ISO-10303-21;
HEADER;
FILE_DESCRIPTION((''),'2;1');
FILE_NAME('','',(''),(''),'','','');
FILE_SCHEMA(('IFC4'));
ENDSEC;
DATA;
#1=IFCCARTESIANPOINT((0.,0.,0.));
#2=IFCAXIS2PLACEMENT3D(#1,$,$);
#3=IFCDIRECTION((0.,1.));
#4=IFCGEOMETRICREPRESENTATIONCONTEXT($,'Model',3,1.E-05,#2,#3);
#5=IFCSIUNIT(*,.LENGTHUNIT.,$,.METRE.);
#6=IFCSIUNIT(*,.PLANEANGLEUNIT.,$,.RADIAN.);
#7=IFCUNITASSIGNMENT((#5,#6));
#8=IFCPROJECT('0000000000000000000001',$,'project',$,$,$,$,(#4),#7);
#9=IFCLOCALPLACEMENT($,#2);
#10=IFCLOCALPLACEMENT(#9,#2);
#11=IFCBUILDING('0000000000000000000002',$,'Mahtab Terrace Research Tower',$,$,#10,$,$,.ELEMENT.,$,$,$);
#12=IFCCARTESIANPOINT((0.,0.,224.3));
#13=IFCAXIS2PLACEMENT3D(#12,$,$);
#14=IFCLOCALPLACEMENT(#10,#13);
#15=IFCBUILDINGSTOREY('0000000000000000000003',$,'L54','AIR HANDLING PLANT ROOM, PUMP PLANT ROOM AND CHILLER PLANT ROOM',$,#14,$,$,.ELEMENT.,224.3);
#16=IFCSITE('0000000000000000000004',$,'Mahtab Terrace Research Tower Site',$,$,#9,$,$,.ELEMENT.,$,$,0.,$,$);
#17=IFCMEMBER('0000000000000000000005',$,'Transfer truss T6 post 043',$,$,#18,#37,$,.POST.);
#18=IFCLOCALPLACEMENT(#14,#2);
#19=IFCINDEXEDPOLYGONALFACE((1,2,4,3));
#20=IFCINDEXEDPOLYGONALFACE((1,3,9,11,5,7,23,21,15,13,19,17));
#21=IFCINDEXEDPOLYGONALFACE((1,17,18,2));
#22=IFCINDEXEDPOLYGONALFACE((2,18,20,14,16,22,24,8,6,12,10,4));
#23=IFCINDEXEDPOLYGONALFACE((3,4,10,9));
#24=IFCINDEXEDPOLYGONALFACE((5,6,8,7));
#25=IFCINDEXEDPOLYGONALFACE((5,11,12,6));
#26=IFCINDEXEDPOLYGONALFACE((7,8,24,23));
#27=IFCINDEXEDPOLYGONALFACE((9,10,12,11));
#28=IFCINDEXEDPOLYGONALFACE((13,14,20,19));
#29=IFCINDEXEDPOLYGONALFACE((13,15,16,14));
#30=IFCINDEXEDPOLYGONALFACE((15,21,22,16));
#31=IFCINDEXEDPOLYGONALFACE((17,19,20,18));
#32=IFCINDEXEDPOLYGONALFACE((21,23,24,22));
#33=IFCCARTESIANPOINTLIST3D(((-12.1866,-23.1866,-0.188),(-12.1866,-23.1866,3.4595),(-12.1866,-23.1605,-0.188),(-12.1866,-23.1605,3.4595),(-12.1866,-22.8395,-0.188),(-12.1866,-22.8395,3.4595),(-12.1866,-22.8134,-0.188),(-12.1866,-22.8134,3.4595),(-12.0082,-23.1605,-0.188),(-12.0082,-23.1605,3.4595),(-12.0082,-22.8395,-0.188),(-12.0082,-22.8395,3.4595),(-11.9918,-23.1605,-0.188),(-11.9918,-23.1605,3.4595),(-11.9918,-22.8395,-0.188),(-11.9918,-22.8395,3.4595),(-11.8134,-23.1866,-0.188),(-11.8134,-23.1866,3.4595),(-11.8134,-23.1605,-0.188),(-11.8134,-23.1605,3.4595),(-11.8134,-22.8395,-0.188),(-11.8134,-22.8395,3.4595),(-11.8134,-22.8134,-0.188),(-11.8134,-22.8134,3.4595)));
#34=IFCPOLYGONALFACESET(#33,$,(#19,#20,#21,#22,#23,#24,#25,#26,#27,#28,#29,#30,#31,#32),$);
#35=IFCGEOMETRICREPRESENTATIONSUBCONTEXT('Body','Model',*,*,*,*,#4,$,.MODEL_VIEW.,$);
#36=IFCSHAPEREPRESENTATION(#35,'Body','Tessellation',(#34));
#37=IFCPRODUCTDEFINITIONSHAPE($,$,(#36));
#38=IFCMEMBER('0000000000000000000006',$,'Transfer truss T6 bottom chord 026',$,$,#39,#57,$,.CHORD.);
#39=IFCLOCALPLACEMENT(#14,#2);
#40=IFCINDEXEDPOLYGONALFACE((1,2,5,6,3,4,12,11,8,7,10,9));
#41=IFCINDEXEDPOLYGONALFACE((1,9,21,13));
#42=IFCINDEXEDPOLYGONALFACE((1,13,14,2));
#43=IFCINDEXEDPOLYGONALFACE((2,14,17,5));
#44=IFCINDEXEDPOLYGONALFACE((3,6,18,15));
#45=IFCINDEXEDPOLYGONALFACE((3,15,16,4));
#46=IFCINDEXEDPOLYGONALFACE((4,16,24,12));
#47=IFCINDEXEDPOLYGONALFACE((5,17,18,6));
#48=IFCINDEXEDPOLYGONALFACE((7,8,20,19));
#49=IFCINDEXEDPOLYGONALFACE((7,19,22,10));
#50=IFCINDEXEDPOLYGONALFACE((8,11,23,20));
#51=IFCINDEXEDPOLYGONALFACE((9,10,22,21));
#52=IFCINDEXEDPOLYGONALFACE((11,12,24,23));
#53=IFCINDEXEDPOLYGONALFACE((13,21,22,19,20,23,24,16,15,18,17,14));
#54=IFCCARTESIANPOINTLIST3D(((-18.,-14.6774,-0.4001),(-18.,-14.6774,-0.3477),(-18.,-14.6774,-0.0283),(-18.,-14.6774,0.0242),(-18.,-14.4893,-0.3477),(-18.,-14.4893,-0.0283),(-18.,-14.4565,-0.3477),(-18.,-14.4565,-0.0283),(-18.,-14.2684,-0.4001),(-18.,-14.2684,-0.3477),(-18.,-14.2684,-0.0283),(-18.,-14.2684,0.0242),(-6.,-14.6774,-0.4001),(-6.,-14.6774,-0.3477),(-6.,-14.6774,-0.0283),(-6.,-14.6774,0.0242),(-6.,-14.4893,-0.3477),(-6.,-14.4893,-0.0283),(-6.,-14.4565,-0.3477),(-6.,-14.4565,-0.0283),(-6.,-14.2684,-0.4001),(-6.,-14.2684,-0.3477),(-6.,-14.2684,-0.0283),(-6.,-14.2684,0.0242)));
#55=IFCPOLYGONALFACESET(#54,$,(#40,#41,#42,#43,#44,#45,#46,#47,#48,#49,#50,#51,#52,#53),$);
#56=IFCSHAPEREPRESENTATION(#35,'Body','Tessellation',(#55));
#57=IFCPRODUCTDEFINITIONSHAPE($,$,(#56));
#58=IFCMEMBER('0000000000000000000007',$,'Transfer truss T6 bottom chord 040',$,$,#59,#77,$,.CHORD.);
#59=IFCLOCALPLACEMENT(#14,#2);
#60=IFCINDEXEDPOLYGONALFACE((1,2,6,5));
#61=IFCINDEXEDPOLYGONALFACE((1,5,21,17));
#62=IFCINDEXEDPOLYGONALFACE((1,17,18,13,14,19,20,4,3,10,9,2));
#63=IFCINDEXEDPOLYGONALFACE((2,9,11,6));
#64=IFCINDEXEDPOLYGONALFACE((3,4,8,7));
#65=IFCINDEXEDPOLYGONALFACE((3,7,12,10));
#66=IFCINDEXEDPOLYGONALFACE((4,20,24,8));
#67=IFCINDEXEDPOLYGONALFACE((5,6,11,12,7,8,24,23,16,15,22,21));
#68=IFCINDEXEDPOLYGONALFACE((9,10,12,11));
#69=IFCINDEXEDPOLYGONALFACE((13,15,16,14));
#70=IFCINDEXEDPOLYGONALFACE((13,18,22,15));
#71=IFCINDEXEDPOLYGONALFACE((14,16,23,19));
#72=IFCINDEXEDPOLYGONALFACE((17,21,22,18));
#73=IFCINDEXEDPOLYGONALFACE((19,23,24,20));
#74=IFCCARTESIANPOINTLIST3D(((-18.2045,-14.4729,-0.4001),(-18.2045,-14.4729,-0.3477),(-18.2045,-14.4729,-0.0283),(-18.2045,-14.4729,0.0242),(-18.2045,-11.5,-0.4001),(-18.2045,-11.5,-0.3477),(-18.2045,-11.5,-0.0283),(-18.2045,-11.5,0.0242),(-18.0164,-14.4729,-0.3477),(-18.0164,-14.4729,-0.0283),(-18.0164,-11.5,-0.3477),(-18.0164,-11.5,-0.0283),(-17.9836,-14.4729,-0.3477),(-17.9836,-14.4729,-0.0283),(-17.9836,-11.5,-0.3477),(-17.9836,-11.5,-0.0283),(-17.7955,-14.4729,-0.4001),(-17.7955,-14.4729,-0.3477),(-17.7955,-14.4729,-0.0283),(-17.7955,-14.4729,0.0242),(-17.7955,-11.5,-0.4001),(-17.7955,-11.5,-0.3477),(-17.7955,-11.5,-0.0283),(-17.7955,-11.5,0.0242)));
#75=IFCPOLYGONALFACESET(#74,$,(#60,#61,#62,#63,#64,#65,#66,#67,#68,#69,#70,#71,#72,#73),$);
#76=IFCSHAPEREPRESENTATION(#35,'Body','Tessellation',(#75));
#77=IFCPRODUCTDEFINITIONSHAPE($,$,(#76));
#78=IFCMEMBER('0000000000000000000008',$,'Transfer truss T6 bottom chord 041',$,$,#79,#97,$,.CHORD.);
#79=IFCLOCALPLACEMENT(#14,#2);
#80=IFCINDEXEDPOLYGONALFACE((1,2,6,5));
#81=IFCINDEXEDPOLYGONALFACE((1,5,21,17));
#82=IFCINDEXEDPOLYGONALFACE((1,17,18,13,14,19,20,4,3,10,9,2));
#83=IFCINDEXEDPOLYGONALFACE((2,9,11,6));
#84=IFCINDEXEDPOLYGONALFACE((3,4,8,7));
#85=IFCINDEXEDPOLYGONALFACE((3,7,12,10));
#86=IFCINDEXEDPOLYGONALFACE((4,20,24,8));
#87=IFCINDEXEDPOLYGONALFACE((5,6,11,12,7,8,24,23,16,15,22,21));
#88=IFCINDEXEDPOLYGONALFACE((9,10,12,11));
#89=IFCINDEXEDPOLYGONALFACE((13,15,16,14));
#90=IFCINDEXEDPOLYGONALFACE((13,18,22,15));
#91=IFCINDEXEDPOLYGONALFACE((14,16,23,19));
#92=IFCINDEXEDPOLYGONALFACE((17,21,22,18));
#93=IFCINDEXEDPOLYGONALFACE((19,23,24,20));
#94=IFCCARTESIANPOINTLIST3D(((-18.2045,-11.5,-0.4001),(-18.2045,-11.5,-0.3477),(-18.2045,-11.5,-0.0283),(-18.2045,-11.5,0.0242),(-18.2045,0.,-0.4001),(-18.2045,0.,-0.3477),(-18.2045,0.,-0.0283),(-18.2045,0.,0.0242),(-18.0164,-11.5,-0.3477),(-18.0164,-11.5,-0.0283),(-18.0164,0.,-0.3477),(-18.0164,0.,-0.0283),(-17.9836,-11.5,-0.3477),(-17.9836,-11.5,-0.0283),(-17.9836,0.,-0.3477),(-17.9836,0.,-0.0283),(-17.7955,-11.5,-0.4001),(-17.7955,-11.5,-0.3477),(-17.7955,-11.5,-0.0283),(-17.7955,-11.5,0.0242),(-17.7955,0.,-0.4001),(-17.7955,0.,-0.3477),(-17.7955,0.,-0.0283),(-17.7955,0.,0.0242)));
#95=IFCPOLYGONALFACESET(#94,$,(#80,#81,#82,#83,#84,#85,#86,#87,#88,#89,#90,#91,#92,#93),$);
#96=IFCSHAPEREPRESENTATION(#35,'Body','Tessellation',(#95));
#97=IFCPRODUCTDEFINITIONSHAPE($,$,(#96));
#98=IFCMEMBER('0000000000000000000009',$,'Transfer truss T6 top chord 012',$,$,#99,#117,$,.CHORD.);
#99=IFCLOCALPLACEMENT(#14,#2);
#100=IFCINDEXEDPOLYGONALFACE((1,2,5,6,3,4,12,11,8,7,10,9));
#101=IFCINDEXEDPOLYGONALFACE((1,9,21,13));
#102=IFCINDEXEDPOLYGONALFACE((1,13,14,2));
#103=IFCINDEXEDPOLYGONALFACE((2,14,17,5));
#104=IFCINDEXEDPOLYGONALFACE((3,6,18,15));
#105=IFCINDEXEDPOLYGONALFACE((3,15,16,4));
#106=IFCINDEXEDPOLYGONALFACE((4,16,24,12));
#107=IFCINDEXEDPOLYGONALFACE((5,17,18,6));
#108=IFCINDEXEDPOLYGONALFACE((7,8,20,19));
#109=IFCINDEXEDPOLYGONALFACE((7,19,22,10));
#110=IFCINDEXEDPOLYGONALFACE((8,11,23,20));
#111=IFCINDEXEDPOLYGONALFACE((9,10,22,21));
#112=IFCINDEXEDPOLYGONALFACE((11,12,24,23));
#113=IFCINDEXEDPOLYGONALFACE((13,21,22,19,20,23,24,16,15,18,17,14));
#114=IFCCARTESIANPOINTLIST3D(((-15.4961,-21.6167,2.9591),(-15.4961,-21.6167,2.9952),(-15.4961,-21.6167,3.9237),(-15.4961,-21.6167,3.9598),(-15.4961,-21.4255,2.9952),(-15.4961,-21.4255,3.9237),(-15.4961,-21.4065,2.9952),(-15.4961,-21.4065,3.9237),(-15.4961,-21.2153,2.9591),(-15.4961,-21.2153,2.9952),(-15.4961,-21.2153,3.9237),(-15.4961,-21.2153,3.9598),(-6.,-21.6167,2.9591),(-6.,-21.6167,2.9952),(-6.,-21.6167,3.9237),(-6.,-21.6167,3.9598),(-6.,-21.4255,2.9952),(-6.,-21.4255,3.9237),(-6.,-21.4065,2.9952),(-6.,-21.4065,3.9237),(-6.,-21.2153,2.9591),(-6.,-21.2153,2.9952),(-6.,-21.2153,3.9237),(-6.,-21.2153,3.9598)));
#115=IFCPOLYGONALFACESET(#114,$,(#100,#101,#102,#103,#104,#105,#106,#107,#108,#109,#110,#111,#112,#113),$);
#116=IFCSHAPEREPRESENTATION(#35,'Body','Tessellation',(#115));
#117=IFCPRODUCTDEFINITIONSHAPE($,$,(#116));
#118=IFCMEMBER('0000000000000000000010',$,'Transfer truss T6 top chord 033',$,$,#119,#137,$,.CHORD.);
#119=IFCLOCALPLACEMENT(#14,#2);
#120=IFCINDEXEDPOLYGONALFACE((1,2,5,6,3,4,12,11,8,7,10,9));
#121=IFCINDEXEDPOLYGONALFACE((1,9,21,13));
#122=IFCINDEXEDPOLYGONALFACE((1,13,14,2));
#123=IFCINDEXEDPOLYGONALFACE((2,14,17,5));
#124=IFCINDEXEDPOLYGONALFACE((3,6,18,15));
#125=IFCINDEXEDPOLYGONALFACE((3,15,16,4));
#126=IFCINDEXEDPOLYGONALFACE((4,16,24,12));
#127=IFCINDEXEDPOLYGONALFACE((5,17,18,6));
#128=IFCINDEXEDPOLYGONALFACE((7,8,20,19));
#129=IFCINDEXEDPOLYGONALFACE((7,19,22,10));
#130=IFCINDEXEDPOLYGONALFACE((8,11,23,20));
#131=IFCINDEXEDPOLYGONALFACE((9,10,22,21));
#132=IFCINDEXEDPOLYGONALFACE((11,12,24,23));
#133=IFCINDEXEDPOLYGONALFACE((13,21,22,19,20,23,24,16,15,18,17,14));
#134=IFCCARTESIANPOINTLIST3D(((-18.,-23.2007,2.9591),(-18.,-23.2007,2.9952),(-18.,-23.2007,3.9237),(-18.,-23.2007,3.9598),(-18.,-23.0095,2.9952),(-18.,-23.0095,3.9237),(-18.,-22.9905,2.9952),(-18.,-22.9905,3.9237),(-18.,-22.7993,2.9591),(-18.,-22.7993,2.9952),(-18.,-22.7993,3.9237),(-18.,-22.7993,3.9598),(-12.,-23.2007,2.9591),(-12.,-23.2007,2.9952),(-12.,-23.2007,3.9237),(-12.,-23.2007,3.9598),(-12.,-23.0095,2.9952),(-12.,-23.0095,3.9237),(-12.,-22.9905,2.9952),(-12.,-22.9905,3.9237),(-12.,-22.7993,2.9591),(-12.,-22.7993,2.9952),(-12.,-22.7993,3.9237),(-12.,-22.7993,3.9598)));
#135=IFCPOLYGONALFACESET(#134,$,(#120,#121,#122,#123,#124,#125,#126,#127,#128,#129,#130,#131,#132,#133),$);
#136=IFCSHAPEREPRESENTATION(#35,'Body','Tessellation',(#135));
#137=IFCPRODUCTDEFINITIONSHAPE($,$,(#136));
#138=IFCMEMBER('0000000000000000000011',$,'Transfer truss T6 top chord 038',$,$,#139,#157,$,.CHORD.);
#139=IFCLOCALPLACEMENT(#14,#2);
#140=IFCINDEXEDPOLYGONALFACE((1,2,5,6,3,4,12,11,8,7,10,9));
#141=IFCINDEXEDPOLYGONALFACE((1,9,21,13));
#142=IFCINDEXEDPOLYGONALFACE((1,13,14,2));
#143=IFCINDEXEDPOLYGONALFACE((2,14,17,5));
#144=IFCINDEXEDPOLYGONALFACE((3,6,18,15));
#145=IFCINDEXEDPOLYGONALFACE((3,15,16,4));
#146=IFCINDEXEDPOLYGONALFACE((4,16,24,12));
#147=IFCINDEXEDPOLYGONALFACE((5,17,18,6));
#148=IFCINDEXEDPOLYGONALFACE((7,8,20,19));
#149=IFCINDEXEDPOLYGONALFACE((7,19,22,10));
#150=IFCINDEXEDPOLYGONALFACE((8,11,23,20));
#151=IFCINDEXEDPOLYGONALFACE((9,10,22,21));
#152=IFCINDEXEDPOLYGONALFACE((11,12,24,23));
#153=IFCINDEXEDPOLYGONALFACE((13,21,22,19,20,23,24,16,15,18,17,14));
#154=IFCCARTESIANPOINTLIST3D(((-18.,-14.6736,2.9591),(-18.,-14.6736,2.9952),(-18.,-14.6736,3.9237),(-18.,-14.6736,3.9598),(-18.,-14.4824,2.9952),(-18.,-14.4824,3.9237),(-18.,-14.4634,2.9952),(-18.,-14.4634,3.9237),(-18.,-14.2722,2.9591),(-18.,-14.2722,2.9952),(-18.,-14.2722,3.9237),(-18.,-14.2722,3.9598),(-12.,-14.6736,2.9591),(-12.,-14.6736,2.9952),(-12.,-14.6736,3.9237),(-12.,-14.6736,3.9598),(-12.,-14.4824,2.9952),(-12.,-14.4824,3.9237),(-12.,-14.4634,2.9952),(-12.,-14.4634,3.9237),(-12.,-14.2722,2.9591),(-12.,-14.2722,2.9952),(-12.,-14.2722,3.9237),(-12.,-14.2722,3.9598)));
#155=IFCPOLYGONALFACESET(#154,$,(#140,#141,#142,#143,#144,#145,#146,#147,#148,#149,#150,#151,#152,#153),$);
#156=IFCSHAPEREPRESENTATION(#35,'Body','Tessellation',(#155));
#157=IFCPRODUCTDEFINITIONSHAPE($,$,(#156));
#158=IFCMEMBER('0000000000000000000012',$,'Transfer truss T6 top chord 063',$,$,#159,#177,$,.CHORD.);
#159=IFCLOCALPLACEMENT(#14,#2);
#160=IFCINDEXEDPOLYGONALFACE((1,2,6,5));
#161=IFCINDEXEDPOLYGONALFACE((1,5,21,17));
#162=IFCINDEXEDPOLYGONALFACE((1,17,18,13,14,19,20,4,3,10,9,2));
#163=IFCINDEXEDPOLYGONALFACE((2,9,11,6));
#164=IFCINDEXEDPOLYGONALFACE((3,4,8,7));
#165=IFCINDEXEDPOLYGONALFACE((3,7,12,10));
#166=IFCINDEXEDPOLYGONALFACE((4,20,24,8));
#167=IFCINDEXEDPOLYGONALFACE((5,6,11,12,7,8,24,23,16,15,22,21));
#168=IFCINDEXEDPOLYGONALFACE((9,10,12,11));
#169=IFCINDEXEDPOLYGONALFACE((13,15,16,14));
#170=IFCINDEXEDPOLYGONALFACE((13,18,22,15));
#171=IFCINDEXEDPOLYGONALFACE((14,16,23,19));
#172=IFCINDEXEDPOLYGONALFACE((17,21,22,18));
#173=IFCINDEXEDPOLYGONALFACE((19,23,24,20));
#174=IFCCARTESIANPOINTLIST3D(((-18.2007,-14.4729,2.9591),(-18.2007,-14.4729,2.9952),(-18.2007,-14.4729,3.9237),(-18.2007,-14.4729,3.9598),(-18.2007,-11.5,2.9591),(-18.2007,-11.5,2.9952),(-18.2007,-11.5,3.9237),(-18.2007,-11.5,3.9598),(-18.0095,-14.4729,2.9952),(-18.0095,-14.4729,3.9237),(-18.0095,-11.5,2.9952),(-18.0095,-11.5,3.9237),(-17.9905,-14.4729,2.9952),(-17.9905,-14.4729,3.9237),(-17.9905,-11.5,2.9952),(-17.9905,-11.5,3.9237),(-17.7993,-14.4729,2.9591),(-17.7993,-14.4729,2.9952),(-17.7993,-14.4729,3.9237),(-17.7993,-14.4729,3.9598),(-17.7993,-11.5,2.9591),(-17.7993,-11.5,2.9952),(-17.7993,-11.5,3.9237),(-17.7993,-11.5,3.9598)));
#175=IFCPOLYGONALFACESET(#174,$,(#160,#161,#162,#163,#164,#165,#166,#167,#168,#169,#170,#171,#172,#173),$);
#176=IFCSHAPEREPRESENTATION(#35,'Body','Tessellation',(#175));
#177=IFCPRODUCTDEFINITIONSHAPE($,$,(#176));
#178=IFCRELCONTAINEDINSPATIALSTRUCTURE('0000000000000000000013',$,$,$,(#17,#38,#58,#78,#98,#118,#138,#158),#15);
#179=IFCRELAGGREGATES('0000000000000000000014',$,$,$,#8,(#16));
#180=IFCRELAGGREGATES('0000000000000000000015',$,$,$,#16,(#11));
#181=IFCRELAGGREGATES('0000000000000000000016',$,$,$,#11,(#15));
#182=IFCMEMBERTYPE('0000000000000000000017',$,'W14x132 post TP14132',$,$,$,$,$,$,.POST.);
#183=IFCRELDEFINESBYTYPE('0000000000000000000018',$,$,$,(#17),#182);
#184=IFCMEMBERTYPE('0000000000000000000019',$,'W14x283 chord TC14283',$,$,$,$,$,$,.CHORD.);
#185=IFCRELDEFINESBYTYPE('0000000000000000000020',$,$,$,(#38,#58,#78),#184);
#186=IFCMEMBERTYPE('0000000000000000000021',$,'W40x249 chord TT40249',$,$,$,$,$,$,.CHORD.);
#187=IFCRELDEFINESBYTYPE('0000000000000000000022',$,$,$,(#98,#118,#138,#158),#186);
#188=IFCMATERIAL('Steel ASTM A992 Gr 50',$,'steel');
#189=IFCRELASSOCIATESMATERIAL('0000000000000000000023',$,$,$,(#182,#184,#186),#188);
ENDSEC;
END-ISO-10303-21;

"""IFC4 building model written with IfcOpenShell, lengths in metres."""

from ifc_helpers import new_model, si_unit, direction, frame, origin, origin_2d, place, context, subcontext, project, spatial, i_section, extrude, material, material_profile, profile_set, type_object, element, save


model = new_model("IFC4")

# Units and contexts
model_context = context("Model", 3, precision=1e-05, world=origin(), true_north=direction((0.0, 1.0)))
body_context = subcontext(model_context, "Body", "Model", "MODEL_VIEW")
ifc_project = project(units=[si_unit("LENGTHUNIT", "METRE"), si_unit("PLANEANGLEUNIT", "RADIAN")], contexts=[model_context])

# Site, building, storey
site_placement = place(None, origin())
site = spatial("IfcSite", under=ifc_project, at=site_placement, Name="Mahtab Terrace Research Tower Site", CompositionType="ELEMENT", RefElevation=0.0)
building_placement = place(site_placement, origin())
building = spatial("IfcBuilding", under=site, at=building_placement, Name="Mahtab Terrace Research Tower", CompositionType="ELEMENT")
storey_placement = place(building_placement, frame((0.0, 0.0, 224.3)))
storey = spatial("IfcBuildingStorey", under=building, at=storey_placement, Name="L54", Description="AIR HANDLING PLANT ROOM, PUMP PLANT ROOM AND CHILLER PLANT ROOM", CompositionType="ELEMENT", Elevation=224.3)

# Shared definitions
ifc_material_1 = material(Name="Steel ASTM A992 Gr 50", Category="steel")

# Members
ifc_material_profile_1 = material_profile(ifc_material_1, i_section(OverallWidth=0.3733, OverallDepth=0.3733, WebThickness=0.0164, FlangeThickness=0.0261, at=origin_2d()), Name="W14X132")
ifc_profile_set_1 = profile_set([ifc_material_profile_1], Name="Steel ASTM A992 Gr 50")
member_type_1 = type_object("IfcMemberType", Name="W14x132 post TP14132", PredefinedType="POST", material=ifc_profile_set_1)
for number, where, z_axis, x_axis, name in (
    (1, (-12.0, -23.0, -0.188), (0.0, 0.0, 1.0), (1.0, 0.0, 0.0), "Transfer truss T6 post 043"),
):
    element("IfcMember", number, at=place(storey_placement, frame(where, z_axis=z_axis, x_axis=x_axis)), inside=storey, type_object=member_type_1, Name=name, PredefinedType="POST", context=body_context, shape_type="SweptSolid", body=[
        extrude(i_section(OverallWidth=0.3733, OverallDepth=0.3733, WebThickness=0.0164, FlangeThickness=0.0261, at=origin_2d()), origin(), (0.0, 0.0, 1.0), 3.6475),
    ])
ifc_material_profile_2 = material_profile(ifc_material_1, i_section(OverallWidth=0.4089, OverallDepth=0.4243, WebThickness=0.0327, FlangeThickness=0.0525, at=origin_2d()), Name="W14X283")
ifc_profile_set_2 = profile_set([ifc_material_profile_2], Name="Steel ASTM A992 Gr 50")
member_type_2 = type_object("IfcMemberType", Name="W14x283 chord TC14283", PredefinedType="CHORD", material=ifc_profile_set_2)
member_1_placement = place(storey_placement, frame((-18.0, -14.4729, -0.188), z_axis=(1.0, 0.0, 0.0), x_axis=(0.0, 1.0, 0.0)))
element("IfcMember", 2, at=member_1_placement, inside=storey, type_object=member_type_2, Name="Transfer truss T6 bottom chord 026", PredefinedType="CHORD", context=body_context, shape_type="SweptSolid", body=[
    extrude(i_section(OverallWidth=0.4089, OverallDepth=0.4243, WebThickness=0.0327, FlangeThickness=0.0525, at=origin_2d()), origin(), (0.0, 0.0, 1.0), 12.0),
])
member_2_placement = place(storey_placement, frame((-18.0, -14.4729, -0.188), z_axis=(0.0, 1.0, 0.0), x_axis=(-1.0, 0.0, 0.0)))
element("IfcMember", 3, at=member_2_placement, inside=storey, type_object=member_type_2, Name="Transfer truss T6 bottom chord 040", PredefinedType="CHORD", context=body_context, shape_type="SweptSolid", body=[
    extrude(i_section(OverallWidth=0.4089, OverallDepth=0.4243, WebThickness=0.0327, FlangeThickness=0.0525, at=origin_2d()), origin(), (0.0, 0.0, 1.0), 2.9729),
])
member_3_placement = place(storey_placement, frame((-18.0, -11.5, -0.188), z_axis=(0.0, 1.0, 0.0), x_axis=(-1.0, 0.0, 0.0)))
element("IfcMember", 4, at=member_3_placement, inside=storey, type_object=member_type_2, Name="Transfer truss T6 bottom chord 041", PredefinedType="CHORD", context=body_context, shape_type="SweptSolid", body=[
    extrude(i_section(OverallWidth=0.4089, OverallDepth=0.4243, WebThickness=0.0327, FlangeThickness=0.0525, at=origin_2d()), origin(), (0.0, 0.0, 1.0), 11.5),
])
ifc_material_profile_3 = material_profile(ifc_material_1, i_section(OverallWidth=0.4014, OverallDepth=1.0007, WebThickness=0.019, FlangeThickness=0.0361, at=origin_2d()), Name="W40X249")
ifc_profile_set_3 = profile_set([ifc_material_profile_3], Name="Steel ASTM A992 Gr 50")
member_type_3 = type_object("IfcMemberType", Name="W40x249 chord TT40249", PredefinedType="CHORD", material=ifc_profile_set_3)
member_4_placement = place(storey_placement, frame((-15.4961, -21.416, 3.4595), z_axis=(1.0, 0.0, 0.0), x_axis=(0.0, 1.0, 0.0)))
element("IfcMember", 5, at=member_4_placement, inside=storey, type_object=member_type_3, Name="Transfer truss T6 top chord 012", PredefinedType="CHORD", context=body_context, shape_type="SweptSolid", body=[
    extrude(i_section(OverallWidth=0.4014, OverallDepth=1.0007, WebThickness=0.019, FlangeThickness=0.0361, at=origin_2d()), origin(), (0.0, 0.0, 1.0), 9.4961),
])
for number, where, z_axis, x_axis, name in (
    (6, (-12.0, -23.0, 3.4595), (-1.0, 0.0, 0.0), (0.0, -1.0, 0.0), "Transfer truss T6 top chord 033"),
    (7, (-18.0, -14.4729, 3.4595), (1.0, 0.0, 0.0), (0.0, 1.0, 0.0), "Transfer truss T6 top chord 038"),
):
    element("IfcMember", number, at=place(storey_placement, frame(where, z_axis=z_axis, x_axis=x_axis)), inside=storey, type_object=member_type_3, Name=name, PredefinedType="CHORD", context=body_context, shape_type="SweptSolid", body=[
        extrude(i_section(OverallWidth=0.4014, OverallDepth=1.0007, WebThickness=0.019, FlangeThickness=0.0361, at=origin_2d()), origin(), (0.0, 0.0, 1.0), 6.0),
    ])
member_5_placement = place(storey_placement, frame((-18.0, -14.4729, 3.4595), z_axis=(0.0, 1.0, 0.0), x_axis=(-1.0, 0.0, 0.0)))
element("IfcMember", 8, at=member_5_placement, inside=storey, type_object=member_type_3, Name="Transfer truss T6 top chord 063", PredefinedType="CHORD", context=body_context, shape_type="SweptSolid", body=[
    extrude(i_section(OverallWidth=0.4014, OverallDepth=1.0007, WebThickness=0.019, FlangeThickness=0.0361, at=origin_2d()), origin(), (0.0, 0.0, 1.0), 2.9729),
])

save(model, "model.ifc")
